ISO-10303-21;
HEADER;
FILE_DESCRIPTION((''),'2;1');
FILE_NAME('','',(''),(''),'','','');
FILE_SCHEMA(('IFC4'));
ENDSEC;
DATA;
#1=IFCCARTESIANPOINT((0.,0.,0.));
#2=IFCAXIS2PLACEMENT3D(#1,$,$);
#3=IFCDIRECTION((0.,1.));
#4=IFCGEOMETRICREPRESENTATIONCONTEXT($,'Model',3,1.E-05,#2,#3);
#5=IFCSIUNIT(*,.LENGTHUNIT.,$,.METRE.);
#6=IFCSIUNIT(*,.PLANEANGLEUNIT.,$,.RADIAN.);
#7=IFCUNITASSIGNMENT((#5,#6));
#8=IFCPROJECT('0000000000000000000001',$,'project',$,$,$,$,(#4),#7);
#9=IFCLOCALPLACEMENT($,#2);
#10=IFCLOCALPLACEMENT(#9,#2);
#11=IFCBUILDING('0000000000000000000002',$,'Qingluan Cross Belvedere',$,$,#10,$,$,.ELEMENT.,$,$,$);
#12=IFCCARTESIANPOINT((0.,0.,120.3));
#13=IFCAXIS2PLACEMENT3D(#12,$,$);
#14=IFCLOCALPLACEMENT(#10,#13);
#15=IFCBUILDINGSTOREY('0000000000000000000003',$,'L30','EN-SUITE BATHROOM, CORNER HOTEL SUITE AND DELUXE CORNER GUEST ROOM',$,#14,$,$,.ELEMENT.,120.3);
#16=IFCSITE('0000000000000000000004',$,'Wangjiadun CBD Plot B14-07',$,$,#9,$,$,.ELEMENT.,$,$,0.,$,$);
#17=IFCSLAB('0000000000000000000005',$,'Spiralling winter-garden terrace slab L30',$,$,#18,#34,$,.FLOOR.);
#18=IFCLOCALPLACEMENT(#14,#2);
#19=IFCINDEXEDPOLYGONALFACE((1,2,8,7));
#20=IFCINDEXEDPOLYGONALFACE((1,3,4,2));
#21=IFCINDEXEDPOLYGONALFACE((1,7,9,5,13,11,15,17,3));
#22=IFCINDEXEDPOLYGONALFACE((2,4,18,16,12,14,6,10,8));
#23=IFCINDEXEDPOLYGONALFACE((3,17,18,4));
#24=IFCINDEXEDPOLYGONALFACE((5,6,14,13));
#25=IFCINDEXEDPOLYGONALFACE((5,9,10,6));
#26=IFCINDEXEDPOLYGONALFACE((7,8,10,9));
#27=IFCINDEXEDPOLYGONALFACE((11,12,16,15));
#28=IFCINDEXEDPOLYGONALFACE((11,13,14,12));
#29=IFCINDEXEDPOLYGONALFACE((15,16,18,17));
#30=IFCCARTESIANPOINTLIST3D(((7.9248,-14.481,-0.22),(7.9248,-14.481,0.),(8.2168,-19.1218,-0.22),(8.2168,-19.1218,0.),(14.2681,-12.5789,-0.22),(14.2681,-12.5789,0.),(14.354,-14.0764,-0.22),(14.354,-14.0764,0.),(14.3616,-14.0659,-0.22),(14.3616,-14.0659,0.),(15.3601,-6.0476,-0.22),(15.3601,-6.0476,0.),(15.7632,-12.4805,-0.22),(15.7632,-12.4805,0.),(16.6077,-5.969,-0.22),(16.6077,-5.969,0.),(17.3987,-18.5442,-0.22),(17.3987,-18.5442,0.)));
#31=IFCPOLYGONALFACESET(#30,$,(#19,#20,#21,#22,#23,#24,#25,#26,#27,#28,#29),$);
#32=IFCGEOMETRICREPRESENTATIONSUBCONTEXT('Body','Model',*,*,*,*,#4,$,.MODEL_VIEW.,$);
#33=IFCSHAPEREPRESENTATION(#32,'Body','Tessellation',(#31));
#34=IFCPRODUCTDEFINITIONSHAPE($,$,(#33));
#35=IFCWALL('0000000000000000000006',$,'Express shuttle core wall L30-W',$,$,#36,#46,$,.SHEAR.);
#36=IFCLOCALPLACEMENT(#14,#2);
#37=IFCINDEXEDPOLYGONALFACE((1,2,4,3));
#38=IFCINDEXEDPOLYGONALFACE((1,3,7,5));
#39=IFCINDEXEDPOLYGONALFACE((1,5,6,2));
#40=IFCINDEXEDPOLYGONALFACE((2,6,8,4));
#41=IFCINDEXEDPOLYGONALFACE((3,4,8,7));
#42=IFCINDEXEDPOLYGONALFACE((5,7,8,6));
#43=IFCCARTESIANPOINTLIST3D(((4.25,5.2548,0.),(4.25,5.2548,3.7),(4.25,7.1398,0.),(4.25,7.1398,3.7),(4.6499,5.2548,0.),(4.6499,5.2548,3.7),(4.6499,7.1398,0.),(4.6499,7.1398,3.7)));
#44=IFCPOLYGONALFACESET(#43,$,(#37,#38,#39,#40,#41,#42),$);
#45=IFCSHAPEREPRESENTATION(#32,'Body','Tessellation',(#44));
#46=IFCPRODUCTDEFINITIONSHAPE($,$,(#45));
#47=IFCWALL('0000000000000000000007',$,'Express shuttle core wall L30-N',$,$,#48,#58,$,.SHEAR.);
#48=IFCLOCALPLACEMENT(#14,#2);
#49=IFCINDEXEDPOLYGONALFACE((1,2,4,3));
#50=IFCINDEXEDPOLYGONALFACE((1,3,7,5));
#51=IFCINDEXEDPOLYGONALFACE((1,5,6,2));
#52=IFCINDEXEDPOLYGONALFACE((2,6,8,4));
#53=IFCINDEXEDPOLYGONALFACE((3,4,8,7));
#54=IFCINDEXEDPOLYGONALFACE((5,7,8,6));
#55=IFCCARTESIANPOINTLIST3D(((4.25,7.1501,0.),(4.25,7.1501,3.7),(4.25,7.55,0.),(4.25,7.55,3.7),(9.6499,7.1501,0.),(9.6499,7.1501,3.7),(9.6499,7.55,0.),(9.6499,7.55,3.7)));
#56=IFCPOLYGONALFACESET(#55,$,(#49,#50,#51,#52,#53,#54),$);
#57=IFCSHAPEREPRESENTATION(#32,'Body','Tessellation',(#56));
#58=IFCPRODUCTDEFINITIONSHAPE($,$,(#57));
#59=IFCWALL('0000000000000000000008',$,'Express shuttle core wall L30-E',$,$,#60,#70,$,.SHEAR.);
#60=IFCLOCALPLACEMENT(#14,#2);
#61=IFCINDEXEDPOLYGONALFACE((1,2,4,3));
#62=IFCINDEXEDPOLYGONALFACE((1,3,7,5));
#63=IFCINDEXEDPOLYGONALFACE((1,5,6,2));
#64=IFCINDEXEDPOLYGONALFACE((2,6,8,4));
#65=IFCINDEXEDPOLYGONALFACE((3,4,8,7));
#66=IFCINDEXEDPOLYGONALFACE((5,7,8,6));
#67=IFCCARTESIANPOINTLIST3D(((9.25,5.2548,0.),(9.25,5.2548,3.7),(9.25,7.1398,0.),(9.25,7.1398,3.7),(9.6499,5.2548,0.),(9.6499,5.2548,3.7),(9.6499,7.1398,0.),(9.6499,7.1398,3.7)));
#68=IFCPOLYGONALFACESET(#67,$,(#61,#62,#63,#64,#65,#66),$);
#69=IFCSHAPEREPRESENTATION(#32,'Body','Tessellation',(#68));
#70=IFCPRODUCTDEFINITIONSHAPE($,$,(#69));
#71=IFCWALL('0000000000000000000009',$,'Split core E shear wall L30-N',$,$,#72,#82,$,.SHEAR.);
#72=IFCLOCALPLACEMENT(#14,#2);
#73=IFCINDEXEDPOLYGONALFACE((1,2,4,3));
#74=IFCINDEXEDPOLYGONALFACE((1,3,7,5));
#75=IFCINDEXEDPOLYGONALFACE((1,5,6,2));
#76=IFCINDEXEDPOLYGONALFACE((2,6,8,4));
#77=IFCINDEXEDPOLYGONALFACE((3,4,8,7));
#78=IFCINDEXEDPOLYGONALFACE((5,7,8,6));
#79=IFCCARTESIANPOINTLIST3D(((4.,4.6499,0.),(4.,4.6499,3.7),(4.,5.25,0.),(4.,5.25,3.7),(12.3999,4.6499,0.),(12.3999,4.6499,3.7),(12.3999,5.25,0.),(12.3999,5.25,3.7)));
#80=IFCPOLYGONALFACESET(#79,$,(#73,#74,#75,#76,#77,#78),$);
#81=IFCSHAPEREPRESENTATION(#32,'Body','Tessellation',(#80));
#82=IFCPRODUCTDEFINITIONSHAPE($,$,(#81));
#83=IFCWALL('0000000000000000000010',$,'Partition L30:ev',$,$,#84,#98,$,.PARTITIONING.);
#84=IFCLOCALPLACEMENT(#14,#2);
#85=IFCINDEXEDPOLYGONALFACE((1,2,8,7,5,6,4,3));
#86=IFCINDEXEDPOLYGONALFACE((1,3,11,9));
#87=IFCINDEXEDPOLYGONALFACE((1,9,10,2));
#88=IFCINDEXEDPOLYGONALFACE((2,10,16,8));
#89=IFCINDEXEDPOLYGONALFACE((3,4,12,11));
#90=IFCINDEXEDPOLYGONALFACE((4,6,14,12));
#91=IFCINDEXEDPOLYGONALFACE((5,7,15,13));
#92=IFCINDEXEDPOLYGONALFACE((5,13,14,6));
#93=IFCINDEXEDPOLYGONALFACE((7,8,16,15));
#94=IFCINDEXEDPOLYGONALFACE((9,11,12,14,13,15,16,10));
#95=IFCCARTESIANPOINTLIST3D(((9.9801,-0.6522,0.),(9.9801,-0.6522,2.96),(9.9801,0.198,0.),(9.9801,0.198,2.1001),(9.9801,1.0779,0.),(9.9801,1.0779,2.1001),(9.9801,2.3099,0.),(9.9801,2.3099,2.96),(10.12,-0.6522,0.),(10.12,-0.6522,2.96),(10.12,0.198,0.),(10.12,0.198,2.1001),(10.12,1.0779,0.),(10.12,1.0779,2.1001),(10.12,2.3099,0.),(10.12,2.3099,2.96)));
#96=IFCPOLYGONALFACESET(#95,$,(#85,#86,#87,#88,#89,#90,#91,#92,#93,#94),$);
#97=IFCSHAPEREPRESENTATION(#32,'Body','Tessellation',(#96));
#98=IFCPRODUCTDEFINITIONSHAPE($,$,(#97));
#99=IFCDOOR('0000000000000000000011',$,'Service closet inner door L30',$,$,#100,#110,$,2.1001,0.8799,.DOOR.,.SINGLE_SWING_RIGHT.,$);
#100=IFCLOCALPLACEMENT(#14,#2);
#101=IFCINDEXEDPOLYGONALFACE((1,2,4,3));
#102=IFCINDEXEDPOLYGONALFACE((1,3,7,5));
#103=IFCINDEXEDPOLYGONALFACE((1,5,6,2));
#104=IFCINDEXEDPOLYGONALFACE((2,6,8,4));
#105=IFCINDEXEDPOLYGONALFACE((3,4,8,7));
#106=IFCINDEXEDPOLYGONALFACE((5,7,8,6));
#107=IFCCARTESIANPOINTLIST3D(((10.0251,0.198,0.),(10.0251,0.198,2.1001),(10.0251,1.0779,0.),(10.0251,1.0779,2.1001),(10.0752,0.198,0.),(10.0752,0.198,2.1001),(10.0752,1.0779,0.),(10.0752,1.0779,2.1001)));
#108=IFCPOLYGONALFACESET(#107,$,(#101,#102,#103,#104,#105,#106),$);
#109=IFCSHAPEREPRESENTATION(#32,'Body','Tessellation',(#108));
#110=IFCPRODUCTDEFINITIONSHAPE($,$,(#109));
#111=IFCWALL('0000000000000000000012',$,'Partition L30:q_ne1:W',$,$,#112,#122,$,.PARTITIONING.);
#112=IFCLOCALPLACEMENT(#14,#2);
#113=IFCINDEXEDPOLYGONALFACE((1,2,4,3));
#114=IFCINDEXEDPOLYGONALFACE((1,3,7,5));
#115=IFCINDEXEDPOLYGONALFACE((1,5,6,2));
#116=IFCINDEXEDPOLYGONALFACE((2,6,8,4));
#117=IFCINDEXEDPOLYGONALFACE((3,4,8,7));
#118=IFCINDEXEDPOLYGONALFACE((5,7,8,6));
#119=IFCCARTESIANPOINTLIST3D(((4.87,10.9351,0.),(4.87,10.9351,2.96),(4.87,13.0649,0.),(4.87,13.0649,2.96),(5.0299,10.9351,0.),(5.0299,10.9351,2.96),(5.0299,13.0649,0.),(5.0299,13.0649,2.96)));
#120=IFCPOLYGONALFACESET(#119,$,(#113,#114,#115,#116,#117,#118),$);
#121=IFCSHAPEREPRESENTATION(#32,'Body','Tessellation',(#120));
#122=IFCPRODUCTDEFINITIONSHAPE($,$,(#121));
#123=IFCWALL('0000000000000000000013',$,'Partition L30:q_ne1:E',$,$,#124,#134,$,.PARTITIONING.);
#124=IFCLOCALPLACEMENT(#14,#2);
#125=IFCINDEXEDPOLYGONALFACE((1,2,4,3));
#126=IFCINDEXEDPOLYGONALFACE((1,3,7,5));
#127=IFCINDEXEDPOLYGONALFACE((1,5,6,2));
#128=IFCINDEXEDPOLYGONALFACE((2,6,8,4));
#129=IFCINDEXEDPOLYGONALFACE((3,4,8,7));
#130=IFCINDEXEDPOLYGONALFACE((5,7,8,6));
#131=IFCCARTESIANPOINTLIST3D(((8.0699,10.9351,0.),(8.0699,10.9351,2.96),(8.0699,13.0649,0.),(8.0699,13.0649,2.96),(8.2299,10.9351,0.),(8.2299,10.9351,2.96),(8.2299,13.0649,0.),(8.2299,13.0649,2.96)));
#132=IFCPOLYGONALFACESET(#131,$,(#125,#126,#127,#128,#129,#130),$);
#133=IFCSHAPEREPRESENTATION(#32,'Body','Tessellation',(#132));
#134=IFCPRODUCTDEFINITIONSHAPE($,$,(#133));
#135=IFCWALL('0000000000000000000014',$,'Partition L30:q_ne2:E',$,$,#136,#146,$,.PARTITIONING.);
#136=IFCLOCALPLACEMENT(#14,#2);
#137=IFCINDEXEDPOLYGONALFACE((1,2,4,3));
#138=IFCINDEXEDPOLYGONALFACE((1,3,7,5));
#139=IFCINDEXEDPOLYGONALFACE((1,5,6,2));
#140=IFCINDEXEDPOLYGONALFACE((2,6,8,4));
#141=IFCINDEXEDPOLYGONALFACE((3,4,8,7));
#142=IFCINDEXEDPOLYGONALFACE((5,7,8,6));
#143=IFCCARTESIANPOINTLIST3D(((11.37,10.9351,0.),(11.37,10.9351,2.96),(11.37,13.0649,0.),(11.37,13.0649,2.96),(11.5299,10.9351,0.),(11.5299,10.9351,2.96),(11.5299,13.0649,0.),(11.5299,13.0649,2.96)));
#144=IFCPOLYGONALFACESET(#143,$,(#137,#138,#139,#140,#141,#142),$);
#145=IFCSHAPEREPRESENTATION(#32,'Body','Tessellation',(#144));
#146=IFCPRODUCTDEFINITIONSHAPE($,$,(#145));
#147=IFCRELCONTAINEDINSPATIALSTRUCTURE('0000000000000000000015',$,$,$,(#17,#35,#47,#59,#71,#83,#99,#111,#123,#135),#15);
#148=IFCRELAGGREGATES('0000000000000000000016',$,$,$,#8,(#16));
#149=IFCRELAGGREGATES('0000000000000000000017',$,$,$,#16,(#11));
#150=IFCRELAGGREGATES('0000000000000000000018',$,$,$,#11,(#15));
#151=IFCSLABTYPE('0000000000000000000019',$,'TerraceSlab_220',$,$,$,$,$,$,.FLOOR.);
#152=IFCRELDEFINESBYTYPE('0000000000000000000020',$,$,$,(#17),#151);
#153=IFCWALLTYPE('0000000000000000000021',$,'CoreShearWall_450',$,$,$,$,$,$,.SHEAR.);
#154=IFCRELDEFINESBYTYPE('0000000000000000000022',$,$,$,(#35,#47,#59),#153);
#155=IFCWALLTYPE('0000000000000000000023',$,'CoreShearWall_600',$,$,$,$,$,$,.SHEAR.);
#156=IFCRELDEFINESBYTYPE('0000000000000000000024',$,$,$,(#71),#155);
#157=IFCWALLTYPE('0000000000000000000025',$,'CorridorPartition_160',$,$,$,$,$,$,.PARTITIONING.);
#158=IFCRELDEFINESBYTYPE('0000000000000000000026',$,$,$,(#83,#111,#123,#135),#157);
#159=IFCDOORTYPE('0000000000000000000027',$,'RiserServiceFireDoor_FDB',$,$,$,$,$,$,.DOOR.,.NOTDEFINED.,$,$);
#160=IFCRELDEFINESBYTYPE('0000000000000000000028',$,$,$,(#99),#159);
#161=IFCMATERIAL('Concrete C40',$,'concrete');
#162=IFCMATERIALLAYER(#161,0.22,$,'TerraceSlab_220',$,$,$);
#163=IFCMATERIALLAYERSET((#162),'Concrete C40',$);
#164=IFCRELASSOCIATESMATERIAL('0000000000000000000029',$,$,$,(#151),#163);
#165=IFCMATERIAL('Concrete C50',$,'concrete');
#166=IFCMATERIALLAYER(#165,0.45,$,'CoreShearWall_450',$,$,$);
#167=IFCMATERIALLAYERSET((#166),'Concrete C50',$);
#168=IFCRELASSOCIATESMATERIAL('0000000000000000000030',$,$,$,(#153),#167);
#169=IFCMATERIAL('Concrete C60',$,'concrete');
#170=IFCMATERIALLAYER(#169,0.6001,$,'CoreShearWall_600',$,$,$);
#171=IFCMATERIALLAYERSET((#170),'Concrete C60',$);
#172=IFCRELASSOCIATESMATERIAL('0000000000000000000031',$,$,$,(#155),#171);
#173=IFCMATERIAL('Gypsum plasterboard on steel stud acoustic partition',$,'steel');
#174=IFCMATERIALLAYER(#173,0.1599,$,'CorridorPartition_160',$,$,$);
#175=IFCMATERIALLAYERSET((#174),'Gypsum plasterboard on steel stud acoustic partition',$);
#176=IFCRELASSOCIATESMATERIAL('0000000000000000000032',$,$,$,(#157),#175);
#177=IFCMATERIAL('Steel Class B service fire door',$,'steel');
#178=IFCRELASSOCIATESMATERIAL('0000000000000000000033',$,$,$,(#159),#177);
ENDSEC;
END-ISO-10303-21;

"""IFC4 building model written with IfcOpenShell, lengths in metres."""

from ifc_helpers import new_model, si_unit, direction, frame, frame_2d, origin, place, context, subcontext, project, spatial, polyline, rectangle, outline, extrude, material, layer, layer_set, type_object, element, fill, save


model = new_model("IFC4")

# Units and contexts
model_context = context("Model", 3, precision=1e-05, world=origin(), true_north=direction((0.0, 1.0)))
body_context = subcontext(model_context, "Body", "Model", "MODEL_VIEW")
ifc_project = project(units=[si_unit("LENGTHUNIT", "METRE"), si_unit("PLANEANGLEUNIT", "RADIAN")], contexts=[model_context])

# Site, building, storey
site_placement = place(None, origin())
site = spatial("IfcSite", under=ifc_project, at=site_placement, Name="Wangjiadun CBD Plot B14-07", CompositionType="ELEMENT", RefElevation=0.0)
building_placement = place(site_placement, origin())
building = spatial("IfcBuilding", under=site, at=building_placement, Name="Qingluan Cross Belvedere", CompositionType="ELEMENT")
storey_placement = place(building_placement, frame((0.0, 0.0, 120.3)))
storey = spatial("IfcBuildingStorey", under=building, at=storey_placement, Name="L30", Description="EN-SUITE BATHROOM, CORNER HOTEL SUITE AND DELUXE CORNER GUEST ROOM", CompositionType="ELEMENT", Elevation=120.3)

# Slab
ifc_material_1 = material(Name="Concrete C40", Category="concrete")
ifc_layer_1 = layer(ifc_material_1, 0.22, Name="TerraceSlab_220")
ifc_layer_set_1 = layer_set([ifc_layer_1], Name="Concrete C40")
slab_type_1 = type_object("IfcSlabType", Name="TerraceSlab_220", PredefinedType="FLOOR", material=ifc_layer_set_1)
slab_1_placement = place(storey_placement, frame((0.0, 0.0, -0.22)))
element("IfcSlab", 1, at=slab_1_placement, inside=storey, type_object=slab_type_1, Name="Spiralling winter-garden terrace slab L30", PredefinedType="FLOOR", context=body_context, shape_type="SweptSolid", body=[
    extrude(outline(polyline([(15.3601, -6.0476), (15.7632, -12.4805), (14.2681, -12.5789), (14.3616, -14.0659), (14.354, -14.0764), (7.9248, -14.481), (8.2168, -19.1218), (17.3987, -18.5442), (16.6077, -5.969), (15.3601, -6.0476)])), origin(), (0.0, 0.0, 1.0), 0.22),
])

# Walls
ifc_material_2 = material(Name="Concrete C50", Category="concrete")
ifc_layer_2 = layer(ifc_material_2, 0.45, Name="CoreShearWall_450")
ifc_layer_set_2 = layer_set([ifc_layer_2], Name="Concrete C50")
wall_type_1 = type_object("IfcWallType", Name="CoreShearWall_450", PredefinedType="SHEAR", material=ifc_layer_set_2)
wall_1_placement = place(storey_placement, frame((4.45, 5.2549, 0.0), z_axis=(0.0, 0.0, 1.0), x_axis=(0.0, 1.0, 0.0)))
element("IfcWall", 2, at=wall_1_placement, inside=storey, type_object=wall_type_1, Name="Express shuttle core wall L30-W", PredefinedType="SHEAR", context=body_context, shape_type="SweptSolid", body=[
    extrude(rectangle(XDim=1.885, YDim=0.3999, at=frame_2d((0.9424, 0.0))), origin(), (0.0, 0.0, 1.0), 3.7),
])
wall_2_placement = place(storey_placement, frame((4.25, 7.3501, 0.0), z_axis=(0.0, 0.0, 1.0), x_axis=(1.0, 0.0, 0.0)))
element("IfcWall", 3, at=wall_2_placement, inside=storey, type_object=wall_type_1, Name="Express shuttle core wall L30-N", PredefinedType="SHEAR", context=body_context, shape_type="SweptSolid", body=[
    extrude(rectangle(XDim=5.3999, YDim=0.3999, at=frame_2d((2.7, 0.0))), origin(), (0.0, 0.0, 1.0), 3.7),
])
wall_3_placement = place(storey_placement, frame((9.45, 5.2549, 0.0), z_axis=(0.0, 0.0, 1.0), x_axis=(0.0, 1.0, 0.0)))
element("IfcWall", 4, at=wall_3_placement, inside=storey, type_object=wall_type_1, Name="Express shuttle core wall L30-E", PredefinedType="SHEAR", context=body_context, shape_type="SweptSolid", body=[
    extrude(rectangle(XDim=1.885, YDim=0.3999, at=frame_2d((0.9424, 0.0))), origin(), (0.0, 0.0, 1.0), 3.7),
])
ifc_material_3 = material(Name="Concrete C60", Category="concrete")
ifc_layer_3 = layer(ifc_material_3, 0.6001, Name="CoreShearWall_600")
ifc_layer_set_3 = layer_set([ifc_layer_3], Name="Concrete C60")
wall_type_2 = type_object("IfcWallType", Name="CoreShearWall_600", PredefinedType="SHEAR", material=ifc_layer_set_3)
wall_4_placement = place(storey_placement, frame((4.0, 4.95, 0.0), z_axis=(0.0, 0.0, 1.0), x_axis=(1.0, 0.0, 0.0)))
element("IfcWall", 5, at=wall_4_placement, inside=storey, type_object=wall_type_2, Name="Split core E shear wall L30-N", PredefinedType="SHEAR", context=body_context, shape_type="SweptSolid", body=[
    extrude(rectangle(XDim=8.3999, YDim=0.6001, at=frame_2d((4.2, 0.0))), origin(), (0.0, 0.0, 1.0), 3.7),
])

# Wall, opening, door
ifc_material_4 = material(Name="Gypsum plasterboard on steel stud acoustic partition", Category="steel")
ifc_layer_4 = layer(ifc_material_4, 0.1599, Name="CorridorPartition_160")
ifc_layer_set_4 = layer_set([ifc_layer_4], Name="Gypsum plasterboard on steel stud acoustic partition")
wall_type_3 = type_object("IfcWallType", Name="CorridorPartition_160", PredefinedType="PARTITIONING", material=ifc_layer_set_4)
wall_5_placement = place(storey_placement, frame((10.05, -0.6521, 0.0), z_axis=(0.0, 0.0, 1.0), x_axis=(0.0, 1.0, 0.0)))
wall_5 = element("IfcWall", 6, at=wall_5_placement, inside=storey, type_object=wall_type_3, Name="Partition L30:ev", PredefinedType="PARTITIONING", context=body_context, shape_type="SweptSolid", body=[
    extrude(rectangle(XDim=2.9622, YDim=0.1399, at=frame_2d((1.481, 0.0))), origin(), (0.0, 0.0, 1.0), 2.96),
])
opening_1_placement = place(wall_5_placement, frame((0.8501, 0.0, 0.0)))
opening_1 = element("IfcOpeningElement", 7, at=opening_1_placement, cuts=wall_5, PredefinedType="OPENING", context=body_context, shape_type="SweptSolid", body=[
    extrude(rectangle(XDim=0.8799, YDim=2.1001, at=frame_2d((0.4399, 1.05))), frame((0.0, 0.0798, 0.0), z_axis=(0.0, -1.0, 0.0), x_axis=(1.0, 0.0, 0.0)), (0.0, 0.0, 1.0), 0.1599),
])
ifc_material_5 = material(Name="Steel Class B service fire door", Category="steel")
door_type_1 = type_object("IfcDoorType", Name="RiserServiceFireDoor_FDB", OperationType="NOTDEFINED", PredefinedType="DOOR", material=ifc_material_5)
door_1_placement = place(opening_1_placement, origin())
door_1 = element("IfcDoor", 8, at=door_1_placement, inside=storey, type_object=door_type_1, Name="Service closet inner door L30", OperationType="SINGLE_SWING_RIGHT", OverallHeight=2.1001, OverallWidth=0.8799, PredefinedType="DOOR", context=body_context, shape_type="SweptSolid", body=[
    extrude(rectangle(XDim=0.8799, YDim=2.1001, at=frame_2d((0.4399, 1.05))), frame((0.0, 0.0249, 0.0), z_axis=(0.0, -1.0, 0.0), x_axis=(1.0, 0.0, 0.0)), (0.0, 0.0, 1.0), 0.05),
])
fill(opening_1, door_1)

# Walls
for number, where, z_axis, x_axis, name in (
    (9, (4.95, 10.9351, 0.0), (0.0, 0.0, 1.0), (0.0, 1.0, 0.0), "Partition L30:q_ne1:W"),
    (10, (8.1499, 10.9351, 0.0), (0.0, 0.0, 1.0), (0.0, 1.0, 0.0), "Partition L30:q_ne1:E"),
):
    element("IfcWall", number, at=place(storey_placement, frame(where, z_axis=z_axis, x_axis=x_axis)), inside=storey, type_object=wall_type_3, Name=name, PredefinedType="PARTITIONING", context=body_context, shape_type="SweptSolid", body=[
        extrude(rectangle(XDim=2.1299, YDim=0.1599, at=frame_2d((1.0649, 0.0))), origin(), (0.0, 0.0, 1.0), 2.96),
    ])

# Wall
wall_6_placement = place(storey_placement, frame((11.45, 10.9351, 0.0), z_axis=(0.0, 0.0, 1.0), x_axis=(0.0, 1.0, 0.0)))
element("IfcWall", 11, at=wall_6_placement, inside=storey, type_object=wall_type_3, Name="Partition L30:q_ne2:E", PredefinedType="PARTITIONING", context=body_context, shape_type="SweptSolid", body=[
    extrude(rectangle(XDim=2.1299, YDim=0.1599, at=frame_2d((1.0649, 0.0))), origin(), (0.0, 0.0, 1.0), 2.96),
])

save(model, "model.ifc")
